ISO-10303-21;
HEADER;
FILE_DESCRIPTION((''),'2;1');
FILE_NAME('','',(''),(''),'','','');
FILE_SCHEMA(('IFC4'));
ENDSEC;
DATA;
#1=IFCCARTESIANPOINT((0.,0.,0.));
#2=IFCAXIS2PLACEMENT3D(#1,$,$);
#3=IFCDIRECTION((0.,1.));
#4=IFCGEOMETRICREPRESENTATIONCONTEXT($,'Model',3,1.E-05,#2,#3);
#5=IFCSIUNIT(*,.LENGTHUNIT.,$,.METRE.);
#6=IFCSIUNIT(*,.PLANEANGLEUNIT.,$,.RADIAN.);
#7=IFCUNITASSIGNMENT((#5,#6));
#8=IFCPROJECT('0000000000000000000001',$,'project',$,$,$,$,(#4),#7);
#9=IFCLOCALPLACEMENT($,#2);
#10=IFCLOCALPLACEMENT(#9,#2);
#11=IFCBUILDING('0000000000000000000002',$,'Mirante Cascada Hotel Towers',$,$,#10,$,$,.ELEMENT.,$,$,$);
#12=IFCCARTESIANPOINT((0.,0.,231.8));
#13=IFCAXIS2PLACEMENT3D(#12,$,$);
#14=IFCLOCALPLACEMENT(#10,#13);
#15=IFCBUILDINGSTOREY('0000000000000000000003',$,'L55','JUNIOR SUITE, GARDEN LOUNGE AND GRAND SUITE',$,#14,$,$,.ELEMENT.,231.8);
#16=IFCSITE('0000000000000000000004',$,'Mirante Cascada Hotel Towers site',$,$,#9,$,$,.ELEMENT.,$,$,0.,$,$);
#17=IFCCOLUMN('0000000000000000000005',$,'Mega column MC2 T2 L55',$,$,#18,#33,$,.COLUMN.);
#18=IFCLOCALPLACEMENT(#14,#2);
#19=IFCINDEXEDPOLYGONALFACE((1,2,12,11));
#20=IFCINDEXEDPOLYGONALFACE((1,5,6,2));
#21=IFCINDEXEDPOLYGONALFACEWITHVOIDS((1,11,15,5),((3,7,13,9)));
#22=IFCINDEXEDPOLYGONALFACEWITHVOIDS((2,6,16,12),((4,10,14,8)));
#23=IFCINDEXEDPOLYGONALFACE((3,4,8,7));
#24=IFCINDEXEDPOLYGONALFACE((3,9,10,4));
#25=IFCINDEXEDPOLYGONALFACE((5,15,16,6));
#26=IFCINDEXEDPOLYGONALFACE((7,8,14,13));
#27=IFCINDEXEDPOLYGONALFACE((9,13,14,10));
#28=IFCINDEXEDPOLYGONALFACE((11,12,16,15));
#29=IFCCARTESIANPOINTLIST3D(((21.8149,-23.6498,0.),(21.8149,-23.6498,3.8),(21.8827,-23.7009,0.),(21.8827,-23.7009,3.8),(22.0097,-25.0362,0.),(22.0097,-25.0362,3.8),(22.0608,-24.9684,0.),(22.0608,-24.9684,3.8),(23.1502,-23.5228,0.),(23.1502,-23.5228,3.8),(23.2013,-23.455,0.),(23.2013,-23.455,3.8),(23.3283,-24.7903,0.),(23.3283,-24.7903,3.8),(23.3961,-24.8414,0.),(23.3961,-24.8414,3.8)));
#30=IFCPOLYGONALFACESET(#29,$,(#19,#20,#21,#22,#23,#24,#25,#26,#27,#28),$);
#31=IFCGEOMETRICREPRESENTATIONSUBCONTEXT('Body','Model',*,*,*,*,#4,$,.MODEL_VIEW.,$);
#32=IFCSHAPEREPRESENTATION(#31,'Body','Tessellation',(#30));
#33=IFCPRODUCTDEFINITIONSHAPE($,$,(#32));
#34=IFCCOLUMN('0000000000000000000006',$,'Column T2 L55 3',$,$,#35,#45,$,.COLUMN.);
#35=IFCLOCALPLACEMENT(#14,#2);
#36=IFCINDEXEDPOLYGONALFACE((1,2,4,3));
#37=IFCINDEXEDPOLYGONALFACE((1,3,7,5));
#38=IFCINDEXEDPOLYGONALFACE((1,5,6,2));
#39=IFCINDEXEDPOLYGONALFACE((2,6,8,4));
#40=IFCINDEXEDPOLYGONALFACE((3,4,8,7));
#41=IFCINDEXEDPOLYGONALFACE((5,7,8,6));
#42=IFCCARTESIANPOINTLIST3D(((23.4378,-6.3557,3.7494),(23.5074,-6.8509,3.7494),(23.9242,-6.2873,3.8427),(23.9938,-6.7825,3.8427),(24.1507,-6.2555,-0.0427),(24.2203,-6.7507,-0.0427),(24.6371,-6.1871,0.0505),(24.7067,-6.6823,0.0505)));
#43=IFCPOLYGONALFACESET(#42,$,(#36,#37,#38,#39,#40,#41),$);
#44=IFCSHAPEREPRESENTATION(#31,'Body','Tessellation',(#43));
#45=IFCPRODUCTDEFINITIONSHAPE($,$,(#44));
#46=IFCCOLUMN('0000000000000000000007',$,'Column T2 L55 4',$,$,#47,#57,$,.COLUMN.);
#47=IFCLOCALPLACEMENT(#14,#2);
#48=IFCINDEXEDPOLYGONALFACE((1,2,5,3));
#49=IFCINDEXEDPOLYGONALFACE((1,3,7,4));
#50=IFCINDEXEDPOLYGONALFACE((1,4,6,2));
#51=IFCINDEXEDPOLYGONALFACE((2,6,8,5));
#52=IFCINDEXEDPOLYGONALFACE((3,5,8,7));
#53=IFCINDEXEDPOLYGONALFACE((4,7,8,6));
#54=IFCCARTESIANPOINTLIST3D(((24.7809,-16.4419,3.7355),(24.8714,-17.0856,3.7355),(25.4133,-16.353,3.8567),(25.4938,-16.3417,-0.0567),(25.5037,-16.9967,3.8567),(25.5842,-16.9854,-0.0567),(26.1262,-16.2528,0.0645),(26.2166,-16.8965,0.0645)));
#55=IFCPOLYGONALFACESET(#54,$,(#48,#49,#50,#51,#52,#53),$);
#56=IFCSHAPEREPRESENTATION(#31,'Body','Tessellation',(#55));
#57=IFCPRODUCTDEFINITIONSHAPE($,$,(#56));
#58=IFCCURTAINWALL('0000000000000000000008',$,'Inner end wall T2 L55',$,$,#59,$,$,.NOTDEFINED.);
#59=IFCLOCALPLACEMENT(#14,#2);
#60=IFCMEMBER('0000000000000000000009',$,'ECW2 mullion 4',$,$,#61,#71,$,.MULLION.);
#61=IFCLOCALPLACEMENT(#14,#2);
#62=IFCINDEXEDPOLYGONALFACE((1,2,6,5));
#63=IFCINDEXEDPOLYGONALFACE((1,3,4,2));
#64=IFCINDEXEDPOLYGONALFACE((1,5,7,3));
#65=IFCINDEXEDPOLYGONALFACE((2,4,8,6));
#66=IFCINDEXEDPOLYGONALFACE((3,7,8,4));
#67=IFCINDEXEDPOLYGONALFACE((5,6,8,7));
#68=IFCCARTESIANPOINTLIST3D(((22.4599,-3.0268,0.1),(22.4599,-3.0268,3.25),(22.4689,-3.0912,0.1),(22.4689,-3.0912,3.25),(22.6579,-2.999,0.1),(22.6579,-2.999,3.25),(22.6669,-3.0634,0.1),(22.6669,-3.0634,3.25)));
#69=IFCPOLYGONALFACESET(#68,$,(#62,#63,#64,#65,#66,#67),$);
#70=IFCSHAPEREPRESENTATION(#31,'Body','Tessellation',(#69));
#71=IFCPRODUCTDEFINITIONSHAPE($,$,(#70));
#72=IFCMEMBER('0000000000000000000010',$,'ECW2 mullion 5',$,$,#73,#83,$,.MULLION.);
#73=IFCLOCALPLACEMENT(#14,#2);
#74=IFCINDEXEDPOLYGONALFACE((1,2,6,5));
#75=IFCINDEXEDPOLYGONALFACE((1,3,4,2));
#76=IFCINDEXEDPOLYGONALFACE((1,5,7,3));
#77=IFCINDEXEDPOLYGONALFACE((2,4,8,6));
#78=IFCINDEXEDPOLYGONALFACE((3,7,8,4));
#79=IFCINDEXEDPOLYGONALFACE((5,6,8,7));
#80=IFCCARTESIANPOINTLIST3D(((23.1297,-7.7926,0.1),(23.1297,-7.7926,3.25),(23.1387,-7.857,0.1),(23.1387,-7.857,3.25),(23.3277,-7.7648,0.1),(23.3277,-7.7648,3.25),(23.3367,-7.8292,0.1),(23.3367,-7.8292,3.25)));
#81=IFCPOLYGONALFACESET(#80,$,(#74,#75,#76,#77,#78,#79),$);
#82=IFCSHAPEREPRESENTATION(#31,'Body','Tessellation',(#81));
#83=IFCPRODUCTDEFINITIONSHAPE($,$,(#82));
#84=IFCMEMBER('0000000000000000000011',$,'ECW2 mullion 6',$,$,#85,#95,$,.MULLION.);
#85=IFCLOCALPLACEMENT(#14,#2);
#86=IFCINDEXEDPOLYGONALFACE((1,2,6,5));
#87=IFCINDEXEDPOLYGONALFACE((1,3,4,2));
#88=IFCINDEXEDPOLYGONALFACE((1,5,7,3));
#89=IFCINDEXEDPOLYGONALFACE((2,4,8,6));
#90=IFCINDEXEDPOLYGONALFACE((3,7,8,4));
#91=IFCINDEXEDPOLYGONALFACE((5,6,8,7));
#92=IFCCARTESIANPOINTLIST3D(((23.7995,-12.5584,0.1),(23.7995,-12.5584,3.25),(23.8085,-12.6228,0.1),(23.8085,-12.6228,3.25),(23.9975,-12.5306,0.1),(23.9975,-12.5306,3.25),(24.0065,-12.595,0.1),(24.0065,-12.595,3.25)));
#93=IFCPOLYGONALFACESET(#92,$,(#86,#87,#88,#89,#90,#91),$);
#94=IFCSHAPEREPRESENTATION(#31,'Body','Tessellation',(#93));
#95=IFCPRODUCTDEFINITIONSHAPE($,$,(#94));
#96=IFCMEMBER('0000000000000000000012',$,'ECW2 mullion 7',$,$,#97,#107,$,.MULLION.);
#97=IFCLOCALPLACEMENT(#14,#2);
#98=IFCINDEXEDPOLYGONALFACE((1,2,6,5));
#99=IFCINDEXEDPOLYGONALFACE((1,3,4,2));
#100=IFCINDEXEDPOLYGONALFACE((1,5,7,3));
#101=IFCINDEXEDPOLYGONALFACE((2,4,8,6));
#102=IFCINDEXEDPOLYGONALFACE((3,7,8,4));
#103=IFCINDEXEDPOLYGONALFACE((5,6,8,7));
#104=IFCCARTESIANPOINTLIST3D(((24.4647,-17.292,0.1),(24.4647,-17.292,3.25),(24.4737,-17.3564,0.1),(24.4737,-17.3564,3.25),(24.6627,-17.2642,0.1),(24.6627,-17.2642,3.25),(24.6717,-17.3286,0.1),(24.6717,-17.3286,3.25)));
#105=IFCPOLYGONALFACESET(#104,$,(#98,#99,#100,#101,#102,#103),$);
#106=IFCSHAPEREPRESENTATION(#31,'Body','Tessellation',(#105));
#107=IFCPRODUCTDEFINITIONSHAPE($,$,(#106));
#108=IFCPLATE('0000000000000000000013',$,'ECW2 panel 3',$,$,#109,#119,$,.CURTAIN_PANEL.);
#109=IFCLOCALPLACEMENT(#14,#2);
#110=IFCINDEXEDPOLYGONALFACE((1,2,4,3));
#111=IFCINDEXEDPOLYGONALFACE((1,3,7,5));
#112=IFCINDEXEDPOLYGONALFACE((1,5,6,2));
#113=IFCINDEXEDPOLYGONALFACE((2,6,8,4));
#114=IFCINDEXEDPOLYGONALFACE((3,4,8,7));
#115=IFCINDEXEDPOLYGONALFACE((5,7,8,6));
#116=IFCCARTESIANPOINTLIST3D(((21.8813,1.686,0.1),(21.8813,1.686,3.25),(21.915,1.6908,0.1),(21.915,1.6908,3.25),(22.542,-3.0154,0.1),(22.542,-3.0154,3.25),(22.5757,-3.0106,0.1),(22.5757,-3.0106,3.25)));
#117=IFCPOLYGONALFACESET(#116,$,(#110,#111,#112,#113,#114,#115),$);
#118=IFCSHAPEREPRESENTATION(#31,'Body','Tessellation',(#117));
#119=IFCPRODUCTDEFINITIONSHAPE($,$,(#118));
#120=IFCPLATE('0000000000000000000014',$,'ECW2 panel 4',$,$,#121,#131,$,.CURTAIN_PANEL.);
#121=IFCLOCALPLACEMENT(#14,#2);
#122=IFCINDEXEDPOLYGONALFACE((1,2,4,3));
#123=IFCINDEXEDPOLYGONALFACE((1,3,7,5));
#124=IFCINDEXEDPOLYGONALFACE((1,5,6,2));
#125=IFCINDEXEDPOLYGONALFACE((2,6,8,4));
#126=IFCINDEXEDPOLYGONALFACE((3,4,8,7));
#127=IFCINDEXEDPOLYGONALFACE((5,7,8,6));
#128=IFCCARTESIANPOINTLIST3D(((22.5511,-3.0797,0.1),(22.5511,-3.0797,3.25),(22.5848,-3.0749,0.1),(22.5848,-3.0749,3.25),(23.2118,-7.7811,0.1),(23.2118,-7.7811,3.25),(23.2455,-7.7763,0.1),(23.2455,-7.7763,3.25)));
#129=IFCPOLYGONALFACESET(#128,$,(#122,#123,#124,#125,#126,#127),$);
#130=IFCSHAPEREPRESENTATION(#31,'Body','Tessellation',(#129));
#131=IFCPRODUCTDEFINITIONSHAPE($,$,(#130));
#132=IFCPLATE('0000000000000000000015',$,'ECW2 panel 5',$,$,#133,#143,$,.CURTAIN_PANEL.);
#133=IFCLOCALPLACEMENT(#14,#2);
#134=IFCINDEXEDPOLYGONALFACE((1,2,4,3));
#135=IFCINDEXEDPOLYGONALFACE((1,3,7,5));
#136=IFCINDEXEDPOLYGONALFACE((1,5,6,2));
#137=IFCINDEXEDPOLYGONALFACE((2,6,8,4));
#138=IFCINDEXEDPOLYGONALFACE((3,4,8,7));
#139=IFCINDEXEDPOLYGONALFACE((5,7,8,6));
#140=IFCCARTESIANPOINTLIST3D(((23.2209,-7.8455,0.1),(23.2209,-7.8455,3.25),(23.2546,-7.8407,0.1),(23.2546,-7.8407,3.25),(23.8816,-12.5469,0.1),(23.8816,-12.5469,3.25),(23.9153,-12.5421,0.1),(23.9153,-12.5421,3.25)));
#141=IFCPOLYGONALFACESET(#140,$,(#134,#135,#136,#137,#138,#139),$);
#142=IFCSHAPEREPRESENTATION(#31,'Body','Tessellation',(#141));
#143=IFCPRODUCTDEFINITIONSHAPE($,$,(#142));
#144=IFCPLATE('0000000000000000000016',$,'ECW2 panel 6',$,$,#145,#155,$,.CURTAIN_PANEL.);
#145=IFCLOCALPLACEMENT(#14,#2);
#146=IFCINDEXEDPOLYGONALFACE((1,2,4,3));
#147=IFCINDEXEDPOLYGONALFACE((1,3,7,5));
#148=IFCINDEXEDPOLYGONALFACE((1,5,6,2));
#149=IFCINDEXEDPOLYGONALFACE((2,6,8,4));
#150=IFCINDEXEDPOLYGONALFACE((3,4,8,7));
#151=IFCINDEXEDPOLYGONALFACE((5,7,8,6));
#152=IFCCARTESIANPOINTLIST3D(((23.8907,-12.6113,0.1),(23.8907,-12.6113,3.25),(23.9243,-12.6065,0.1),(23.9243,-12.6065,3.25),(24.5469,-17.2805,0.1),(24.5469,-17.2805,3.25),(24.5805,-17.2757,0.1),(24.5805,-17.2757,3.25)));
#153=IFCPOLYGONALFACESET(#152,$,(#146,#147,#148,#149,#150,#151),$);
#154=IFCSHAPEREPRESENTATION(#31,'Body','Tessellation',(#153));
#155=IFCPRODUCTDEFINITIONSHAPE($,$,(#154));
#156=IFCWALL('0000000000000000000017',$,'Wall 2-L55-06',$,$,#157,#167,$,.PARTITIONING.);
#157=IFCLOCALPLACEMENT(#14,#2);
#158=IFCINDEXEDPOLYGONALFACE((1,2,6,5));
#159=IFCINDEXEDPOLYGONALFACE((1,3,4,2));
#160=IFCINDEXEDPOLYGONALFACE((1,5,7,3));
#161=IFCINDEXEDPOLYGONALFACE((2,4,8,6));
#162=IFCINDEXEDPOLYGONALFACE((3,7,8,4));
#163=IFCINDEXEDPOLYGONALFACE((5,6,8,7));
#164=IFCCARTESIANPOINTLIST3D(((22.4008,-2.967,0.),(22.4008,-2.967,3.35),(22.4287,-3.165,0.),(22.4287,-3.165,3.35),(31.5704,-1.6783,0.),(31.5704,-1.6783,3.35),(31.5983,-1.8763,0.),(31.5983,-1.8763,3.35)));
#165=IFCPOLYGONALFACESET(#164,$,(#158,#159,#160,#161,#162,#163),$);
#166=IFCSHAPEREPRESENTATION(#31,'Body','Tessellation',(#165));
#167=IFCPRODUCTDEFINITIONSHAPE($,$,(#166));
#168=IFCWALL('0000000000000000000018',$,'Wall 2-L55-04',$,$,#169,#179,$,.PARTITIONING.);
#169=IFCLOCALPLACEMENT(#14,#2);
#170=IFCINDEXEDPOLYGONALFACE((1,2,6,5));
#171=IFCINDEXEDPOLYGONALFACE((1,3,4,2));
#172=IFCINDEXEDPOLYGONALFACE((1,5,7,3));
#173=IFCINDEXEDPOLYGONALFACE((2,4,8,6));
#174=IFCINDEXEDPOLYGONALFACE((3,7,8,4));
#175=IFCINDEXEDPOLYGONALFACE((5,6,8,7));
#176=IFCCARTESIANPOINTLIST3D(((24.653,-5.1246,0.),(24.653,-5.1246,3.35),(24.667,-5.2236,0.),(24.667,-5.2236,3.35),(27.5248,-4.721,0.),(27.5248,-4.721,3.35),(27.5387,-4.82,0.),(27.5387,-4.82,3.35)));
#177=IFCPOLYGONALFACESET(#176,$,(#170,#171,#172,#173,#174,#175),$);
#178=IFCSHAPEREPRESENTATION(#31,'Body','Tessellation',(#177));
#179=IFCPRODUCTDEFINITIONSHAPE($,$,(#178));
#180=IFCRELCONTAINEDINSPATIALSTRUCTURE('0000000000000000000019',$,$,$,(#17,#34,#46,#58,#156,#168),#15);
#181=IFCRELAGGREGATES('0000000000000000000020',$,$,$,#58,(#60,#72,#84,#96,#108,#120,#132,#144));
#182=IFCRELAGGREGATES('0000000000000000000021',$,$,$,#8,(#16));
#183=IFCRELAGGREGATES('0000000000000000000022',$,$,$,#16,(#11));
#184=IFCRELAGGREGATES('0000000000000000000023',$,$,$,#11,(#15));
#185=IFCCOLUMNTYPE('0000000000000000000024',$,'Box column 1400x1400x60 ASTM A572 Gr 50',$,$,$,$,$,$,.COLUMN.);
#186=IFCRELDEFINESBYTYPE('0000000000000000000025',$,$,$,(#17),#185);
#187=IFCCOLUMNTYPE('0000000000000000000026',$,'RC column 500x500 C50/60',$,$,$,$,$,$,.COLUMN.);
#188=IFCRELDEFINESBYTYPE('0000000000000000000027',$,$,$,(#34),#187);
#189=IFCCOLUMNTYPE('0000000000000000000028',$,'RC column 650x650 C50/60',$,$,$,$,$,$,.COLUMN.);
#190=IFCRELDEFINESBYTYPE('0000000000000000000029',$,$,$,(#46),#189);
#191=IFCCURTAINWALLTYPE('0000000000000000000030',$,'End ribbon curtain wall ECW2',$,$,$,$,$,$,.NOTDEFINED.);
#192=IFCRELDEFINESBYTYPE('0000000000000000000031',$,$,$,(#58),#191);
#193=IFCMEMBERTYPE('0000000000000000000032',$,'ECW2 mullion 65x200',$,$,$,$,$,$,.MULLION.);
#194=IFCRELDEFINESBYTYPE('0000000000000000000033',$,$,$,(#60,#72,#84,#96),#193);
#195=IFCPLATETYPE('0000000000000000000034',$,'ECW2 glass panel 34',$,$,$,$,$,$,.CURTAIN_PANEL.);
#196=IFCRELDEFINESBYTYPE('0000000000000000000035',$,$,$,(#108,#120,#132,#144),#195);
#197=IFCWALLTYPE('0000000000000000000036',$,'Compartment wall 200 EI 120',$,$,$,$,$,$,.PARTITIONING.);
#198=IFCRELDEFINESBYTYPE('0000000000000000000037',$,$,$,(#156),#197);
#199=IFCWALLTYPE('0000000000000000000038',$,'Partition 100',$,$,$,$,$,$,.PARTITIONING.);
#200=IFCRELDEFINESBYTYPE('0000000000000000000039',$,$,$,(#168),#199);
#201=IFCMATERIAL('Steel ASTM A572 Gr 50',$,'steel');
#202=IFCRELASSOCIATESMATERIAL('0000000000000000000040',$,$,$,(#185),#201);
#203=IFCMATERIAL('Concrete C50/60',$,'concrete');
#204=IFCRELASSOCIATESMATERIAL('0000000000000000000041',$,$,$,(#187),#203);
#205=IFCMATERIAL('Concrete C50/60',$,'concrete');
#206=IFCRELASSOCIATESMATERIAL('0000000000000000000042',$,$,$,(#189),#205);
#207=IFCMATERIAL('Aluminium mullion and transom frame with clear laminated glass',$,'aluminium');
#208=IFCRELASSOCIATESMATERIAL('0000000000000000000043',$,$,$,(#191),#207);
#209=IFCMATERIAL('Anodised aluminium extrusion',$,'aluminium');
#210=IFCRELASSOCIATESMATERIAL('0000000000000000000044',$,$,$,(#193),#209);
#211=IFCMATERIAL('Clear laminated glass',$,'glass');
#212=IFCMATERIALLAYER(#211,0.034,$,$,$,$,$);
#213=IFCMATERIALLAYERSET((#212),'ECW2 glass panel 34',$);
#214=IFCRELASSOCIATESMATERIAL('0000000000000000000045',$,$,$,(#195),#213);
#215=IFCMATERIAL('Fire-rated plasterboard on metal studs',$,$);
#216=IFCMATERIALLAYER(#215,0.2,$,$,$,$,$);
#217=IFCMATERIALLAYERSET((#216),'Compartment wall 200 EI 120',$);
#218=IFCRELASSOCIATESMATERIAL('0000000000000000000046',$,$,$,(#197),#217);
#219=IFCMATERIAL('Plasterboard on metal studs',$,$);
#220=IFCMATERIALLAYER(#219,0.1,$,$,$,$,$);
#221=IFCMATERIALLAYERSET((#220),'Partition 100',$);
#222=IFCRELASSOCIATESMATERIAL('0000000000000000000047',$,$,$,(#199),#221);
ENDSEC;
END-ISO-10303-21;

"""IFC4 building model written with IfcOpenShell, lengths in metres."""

from ifc_helpers import new_model, si_unit, direction, frame, frame_2d, origin, origin_2d, place, context, subcontext, project, spatial, rectangle, hollow_rectangle, extrude, material, layer, layer_set, material_profile, profile_set, type_object, element, aggregate, save


model = new_model("IFC4")

# Units and contexts
model_context = context("Model", 3, precision=1e-05, world=origin(), true_north=direction((0.0, 1.0)))
body_context = subcontext(model_context, "Body", "Model", "MODEL_VIEW")
ifc_project = project(units=[si_unit("LENGTHUNIT", "METRE"), si_unit("PLANEANGLEUNIT", "RADIAN")], contexts=[model_context])

# Site, building, storey
site_placement = place(None, origin())
site = spatial("IfcSite", under=ifc_project, at=site_placement, Name="Mirante Cascada Hotel Towers site", CompositionType="ELEMENT", RefElevation=0.0)
building_placement = place(site_placement, origin())
building = spatial("IfcBuilding", under=site, at=building_placement, Name="Mirante Cascada Hotel Towers", CompositionType="ELEMENT")
storey_placement = place(building_placement, frame((0.0, 0.0, 231.8)))
storey = spatial("IfcBuildingStorey", under=building, at=storey_placement, Name="L55", Description="JUNIOR SUITE, GARDEN LOUNGE AND GRAND SUITE", CompositionType="ELEMENT", Elevation=231.8)

# Columns
ifc_material_1 = material(Name="Steel ASTM A572 Gr 50", Category="steel")
ifc_material_profile_1 = material_profile(ifc_material_1, hollow_rectangle(XDim=1.4, YDim=1.4, WallThickness=0.06, at=origin_2d()), Name="Box column 1400x1400x60 ASTM A572 Gr 50")
ifc_profile_set_1 = profile_set([ifc_material_profile_1], Name="Steel ASTM A572 Gr 50")
column_type_1 = type_object("IfcColumnType", Name="Box column 1400x1400x60 ASTM A572 Gr 50", PredefinedType="COLUMN", material=ifc_profile_set_1)
column_1_placement = place(storey_placement, frame((22.6055, -24.2456, 0.0), z_axis=(0.0, 0.0, 1.0), x_axis=(0.990268, 0.139173, 0.0)))
element("IfcColumn", 1, at=column_1_placement, inside=storey, type_object=column_type_1, Name="Mega column MC2 T2 L55", PredefinedType="COLUMN", context=body_context, shape_type="SweptSolid", body=[
    extrude(hollow_rectangle(XDim=1.4, YDim=1.4, WallThickness=0.06, at=origin_2d()), origin(), (0.0, 0.0, 1.0), 3.8),
])
ifc_material_2 = material(Name="Concrete C50/60", Category="concrete")
ifc_material_profile_2 = material_profile(ifc_material_2, rectangle(XDim=0.5, YDim=0.5, at=origin_2d()), Name="RC column 500x500 C50/60")
ifc_profile_set_2 = profile_set([ifc_material_profile_2], Name="Concrete C50/60")
column_type_2 = type_object("IfcColumnType", Name="RC column 500x500 C50/60", PredefinedType="COLUMN", material=ifc_profile_set_2)
column_2_placement = place(storey_placement, frame((24.4287, -6.4689, 0.0039), z_axis=(-0.184693, -0.025959, 0.982453), x_axis=(0.139185, -0.990267, 0.0)))
element("IfcColumn", 2, at=column_2_placement, inside=storey, type_object=column_type_2, Name="Column T2 L55 3", PredefinedType="COLUMN", context=body_context, shape_type="SweptSolid", body=[
    extrude(rectangle(XDim=0.5, YDim=0.5, at=origin_2d()), origin(), (0.0, 0.0, 1.0), 3.8599),
])
ifc_material_3 = material(Name="Concrete C50/60", Category="concrete")
ifc_material_profile_3 = material_profile(ifc_material_3, rectangle(XDim=0.65, YDim=0.65, at=origin_2d()), Name="RC column 650x650 C50/60")
ifc_profile_set_3 = profile_set([ifc_material_profile_3], Name="Concrete C50/60")
column_type_3 = type_object("IfcColumnType", Name="RC column 650x650 C50/60", PredefinedType="COLUMN", material=ifc_profile_set_3)
column_3_placement = place(storey_placement, frame((25.8552, -16.6191, 0.0039), z_axis=(-0.184693, -0.025959, 0.982453), x_axis=(0.139185, -0.990267, 0.0)))
element("IfcColumn", 3, at=column_3_placement, inside=storey, type_object=column_type_3, Name="Column T2 L55 4", PredefinedType="COLUMN", context=body_context, shape_type="SweptSolid", body=[
    extrude(rectangle(XDim=0.65, YDim=0.65, at=origin_2d()), origin(), (0.0, 0.0, 1.0), 3.8599),
])

# Curtain wall, members, plates
ifc_material_4 = material(Name="Aluminium mullion and transom frame with clear laminated glass", Category="aluminium")
curtain_wall_type = type_object("IfcCurtainWallType", Name="End ribbon curtain wall ECW2", PredefinedType="NOTDEFINED", material=ifc_material_4)
curtain_wall_placement = place(storey_placement, origin())
curtain_wall = element("IfcCurtainWall", 4, at=curtain_wall_placement, inside=storey, type_object=curtain_wall_type, Name="Inner end wall T2 L55", PredefinedType="NOTDEFINED")
ifc_material_5 = material(Name="Anodised aluminium extrusion", Category="aluminium")
ifc_material_profile_4 = material_profile(ifc_material_5, rectangle(XDim=0.2, YDim=0.065, at=origin_2d()), Name="ECW2 MULLION 65x200")
ifc_profile_set_4 = profile_set([ifc_material_profile_4], Name="Anodised aluminium extrusion")
member_type = type_object("IfcMemberType", Name="ECW2 mullion 65x200", PredefinedType="MULLION", material=ifc_profile_set_4)
member_1_placement = place(storey_placement, frame((22.5634, -3.0451, 0.1), z_axis=(0.0, 0.0, 1.0), x_axis=(0.990268, 0.139173, 0.0)))
member_1 = element("IfcMember", 5, at=member_1_placement, type_object=member_type, Name="ECW2 mullion 4", PredefinedType="MULLION", context=body_context, shape_type="SweptSolid", body=[
    extrude(rectangle(XDim=0.2, YDim=0.065, at=origin_2d()), origin(), (0.0, 0.0, 1.0), 3.15),
])
member_2_placement = place(storey_placement, frame((23.2332, -7.8109, 0.1), z_axis=(0.0, 0.0, 1.0), x_axis=(0.990268, 0.139173, 0.0)))
member_2 = element("IfcMember", 6, at=member_2_placement, type_object=member_type, Name="ECW2 mullion 5", PredefinedType="MULLION", context=body_context, shape_type="SweptSolid", body=[
    extrude(rectangle(XDim=0.2, YDim=0.065, at=origin_2d()), origin(), (0.0, 0.0, 1.0), 3.15),
])
member_3_placement = place(storey_placement, frame((23.903, -12.5767, 0.1), z_axis=(0.0, 0.0, 1.0), x_axis=(0.990268, 0.139173, 0.0)))
member_3 = element("IfcMember", 7, at=member_3_placement, type_object=member_type, Name="ECW2 mullion 6", PredefinedType="MULLION", context=body_context, shape_type="SweptSolid", body=[
    extrude(rectangle(XDim=0.2, YDim=0.065, at=origin_2d()), origin(), (0.0, 0.0, 1.0), 3.15),
])
member_4_placement = place(storey_placement, frame((24.5682, -17.3103, 0.1), z_axis=(0.0, 0.0, 1.0), x_axis=(0.990268, 0.139173, 0.0)))
member_4 = element("IfcMember", 8, at=member_4_placement, type_object=member_type, Name="ECW2 mullion 7", PredefinedType="MULLION", context=body_context, shape_type="SweptSolid", body=[
    extrude(rectangle(XDim=0.2, YDim=0.065, at=origin_2d()), origin(), (0.0, 0.0, 1.0), 3.15),
])
ifc_material_6 = material(Name="Clear laminated glass", Category="glass")
ifc_layer_1 = layer(ifc_material_6, 0.034)
ifc_layer_set_1 = layer_set([ifc_layer_1], Name="ECW2 glass panel 34")
plate_type = type_object("IfcPlateType", Name="ECW2 glass panel 34", PredefinedType="CURTAIN_PANEL", material=ifc_layer_set_1)
plate_1_placement = place(storey_placement, frame((22.2285, -0.6623, 0.1), z_axis=(0.0, 0.0, 1.0), x_axis=(0.139173, -0.990268, 0.0)))
plate_1 = element("IfcPlate", 9, at=plate_1_placement, type_object=plate_type, Name="ECW2 panel 3", PredefinedType="CURTAIN_PANEL", context=body_context, shape_type="SweptSolid", body=[
    extrude(rectangle(XDim=4.7476, YDim=0.034, at=origin_2d()), origin(), (0.0, 0.0, 1.0), 3.15),
])
plate_2_placement = place(storey_placement, frame((22.8983, -5.428, 0.1), z_axis=(0.0, 0.0, 1.0), x_axis=(0.139173, -0.990268, 0.0)))
plate_2 = element("IfcPlate", 10, at=plate_2_placement, type_object=plate_type, Name="ECW2 panel 4", PredefinedType="CURTAIN_PANEL", context=body_context, shape_type="SweptSolid", body=[
    extrude(rectangle(XDim=4.7476, YDim=0.034, at=origin_2d()), origin(), (0.0, 0.0, 1.0), 3.15),
])
plate_3_placement = place(storey_placement, frame((23.5681, -10.1938, 0.1), z_axis=(0.0, 0.0, 1.0), x_axis=(0.139173, -0.990268, 0.0)))
plate_3 = element("IfcPlate", 11, at=plate_3_placement, type_object=plate_type, Name="ECW2 panel 5", PredefinedType="CURTAIN_PANEL", context=body_context, shape_type="SweptSolid", body=[
    extrude(rectangle(XDim=4.7476, YDim=0.034, at=origin_2d()), origin(), (0.0, 0.0, 1.0), 3.15),
])
plate_4_placement = place(storey_placement, frame((24.2356, -14.9435, 0.1), z_axis=(0.0, 0.0, 1.0), x_axis=(0.139173, -0.990268, 0.0)))
plate_4 = element("IfcPlate", 12, at=plate_4_placement, type_object=plate_type, Name="ECW2 panel 6", PredefinedType="CURTAIN_PANEL", context=body_context, shape_type="SweptSolid", body=[
    extrude(rectangle(XDim=4.7151, YDim=0.034, at=origin_2d()), origin(), (0.0, 0.0, 1.0), 3.15),
])
aggregate(curtain_wall, [member_1, member_2, member_3, member_4, plate_1, plate_2, plate_3, plate_4])

# Walls
ifc_material_7 = material(Name="Fire-rated plasterboard on metal studs")
ifc_layer_2 = layer(ifc_material_7, 0.2)
ifc_layer_set_2 = layer_set([ifc_layer_2], Name="Compartment wall 200 EI 120")
wall_type_1 = type_object("IfcWallType", Name="Compartment wall 200 EI 120", PredefinedType="PARTITIONING", material=ifc_layer_set_2)
wall_1_placement = place(storey_placement, frame((22.4148, -3.066, 0.0), z_axis=(0.0, 0.0, 1.0), x_axis=(0.990268, 0.139173, 0.0)))
element("IfcWall", 13, at=wall_1_placement, inside=storey, type_object=wall_type_1, Name="Wall 2-L55-06", PredefinedType="PARTITIONING", context=body_context, shape_type="SweptSolid", body=[
    extrude(rectangle(XDim=9.2597, YDim=0.2, at=frame_2d((4.6298, 0.0))), origin(), (0.0, 0.0, 1.0), 3.35),
])
ifc_material_8 = material(Name="Plasterboard on metal studs")
ifc_layer_3 = layer(ifc_material_8, 0.1)
ifc_layer_set_3 = layer_set([ifc_layer_3], Name="Partition 100")
wall_type_2 = type_object("IfcWallType", Name="Partition 100", PredefinedType="PARTITIONING", material=ifc_layer_set_3)
wall_2_placement = place(storey_placement, frame((24.66, -5.1741, 0.0), z_axis=(0.0, 0.0, 1.0), x_axis=(0.990268, 0.139171, 0.0)))
element("IfcWall", 14, at=wall_2_placement, inside=storey, type_object=wall_type_2, Name="Wall 2-L55-04", PredefinedType="PARTITIONING", context=body_context, shape_type="SweptSolid", body=[
    extrude(rectangle(XDim=2.9, YDim=0.1, at=frame_2d((1.45, 0.0))), origin(), (0.0, 0.0, 1.0), 3.35),
])

save(model, "model.ifc")
